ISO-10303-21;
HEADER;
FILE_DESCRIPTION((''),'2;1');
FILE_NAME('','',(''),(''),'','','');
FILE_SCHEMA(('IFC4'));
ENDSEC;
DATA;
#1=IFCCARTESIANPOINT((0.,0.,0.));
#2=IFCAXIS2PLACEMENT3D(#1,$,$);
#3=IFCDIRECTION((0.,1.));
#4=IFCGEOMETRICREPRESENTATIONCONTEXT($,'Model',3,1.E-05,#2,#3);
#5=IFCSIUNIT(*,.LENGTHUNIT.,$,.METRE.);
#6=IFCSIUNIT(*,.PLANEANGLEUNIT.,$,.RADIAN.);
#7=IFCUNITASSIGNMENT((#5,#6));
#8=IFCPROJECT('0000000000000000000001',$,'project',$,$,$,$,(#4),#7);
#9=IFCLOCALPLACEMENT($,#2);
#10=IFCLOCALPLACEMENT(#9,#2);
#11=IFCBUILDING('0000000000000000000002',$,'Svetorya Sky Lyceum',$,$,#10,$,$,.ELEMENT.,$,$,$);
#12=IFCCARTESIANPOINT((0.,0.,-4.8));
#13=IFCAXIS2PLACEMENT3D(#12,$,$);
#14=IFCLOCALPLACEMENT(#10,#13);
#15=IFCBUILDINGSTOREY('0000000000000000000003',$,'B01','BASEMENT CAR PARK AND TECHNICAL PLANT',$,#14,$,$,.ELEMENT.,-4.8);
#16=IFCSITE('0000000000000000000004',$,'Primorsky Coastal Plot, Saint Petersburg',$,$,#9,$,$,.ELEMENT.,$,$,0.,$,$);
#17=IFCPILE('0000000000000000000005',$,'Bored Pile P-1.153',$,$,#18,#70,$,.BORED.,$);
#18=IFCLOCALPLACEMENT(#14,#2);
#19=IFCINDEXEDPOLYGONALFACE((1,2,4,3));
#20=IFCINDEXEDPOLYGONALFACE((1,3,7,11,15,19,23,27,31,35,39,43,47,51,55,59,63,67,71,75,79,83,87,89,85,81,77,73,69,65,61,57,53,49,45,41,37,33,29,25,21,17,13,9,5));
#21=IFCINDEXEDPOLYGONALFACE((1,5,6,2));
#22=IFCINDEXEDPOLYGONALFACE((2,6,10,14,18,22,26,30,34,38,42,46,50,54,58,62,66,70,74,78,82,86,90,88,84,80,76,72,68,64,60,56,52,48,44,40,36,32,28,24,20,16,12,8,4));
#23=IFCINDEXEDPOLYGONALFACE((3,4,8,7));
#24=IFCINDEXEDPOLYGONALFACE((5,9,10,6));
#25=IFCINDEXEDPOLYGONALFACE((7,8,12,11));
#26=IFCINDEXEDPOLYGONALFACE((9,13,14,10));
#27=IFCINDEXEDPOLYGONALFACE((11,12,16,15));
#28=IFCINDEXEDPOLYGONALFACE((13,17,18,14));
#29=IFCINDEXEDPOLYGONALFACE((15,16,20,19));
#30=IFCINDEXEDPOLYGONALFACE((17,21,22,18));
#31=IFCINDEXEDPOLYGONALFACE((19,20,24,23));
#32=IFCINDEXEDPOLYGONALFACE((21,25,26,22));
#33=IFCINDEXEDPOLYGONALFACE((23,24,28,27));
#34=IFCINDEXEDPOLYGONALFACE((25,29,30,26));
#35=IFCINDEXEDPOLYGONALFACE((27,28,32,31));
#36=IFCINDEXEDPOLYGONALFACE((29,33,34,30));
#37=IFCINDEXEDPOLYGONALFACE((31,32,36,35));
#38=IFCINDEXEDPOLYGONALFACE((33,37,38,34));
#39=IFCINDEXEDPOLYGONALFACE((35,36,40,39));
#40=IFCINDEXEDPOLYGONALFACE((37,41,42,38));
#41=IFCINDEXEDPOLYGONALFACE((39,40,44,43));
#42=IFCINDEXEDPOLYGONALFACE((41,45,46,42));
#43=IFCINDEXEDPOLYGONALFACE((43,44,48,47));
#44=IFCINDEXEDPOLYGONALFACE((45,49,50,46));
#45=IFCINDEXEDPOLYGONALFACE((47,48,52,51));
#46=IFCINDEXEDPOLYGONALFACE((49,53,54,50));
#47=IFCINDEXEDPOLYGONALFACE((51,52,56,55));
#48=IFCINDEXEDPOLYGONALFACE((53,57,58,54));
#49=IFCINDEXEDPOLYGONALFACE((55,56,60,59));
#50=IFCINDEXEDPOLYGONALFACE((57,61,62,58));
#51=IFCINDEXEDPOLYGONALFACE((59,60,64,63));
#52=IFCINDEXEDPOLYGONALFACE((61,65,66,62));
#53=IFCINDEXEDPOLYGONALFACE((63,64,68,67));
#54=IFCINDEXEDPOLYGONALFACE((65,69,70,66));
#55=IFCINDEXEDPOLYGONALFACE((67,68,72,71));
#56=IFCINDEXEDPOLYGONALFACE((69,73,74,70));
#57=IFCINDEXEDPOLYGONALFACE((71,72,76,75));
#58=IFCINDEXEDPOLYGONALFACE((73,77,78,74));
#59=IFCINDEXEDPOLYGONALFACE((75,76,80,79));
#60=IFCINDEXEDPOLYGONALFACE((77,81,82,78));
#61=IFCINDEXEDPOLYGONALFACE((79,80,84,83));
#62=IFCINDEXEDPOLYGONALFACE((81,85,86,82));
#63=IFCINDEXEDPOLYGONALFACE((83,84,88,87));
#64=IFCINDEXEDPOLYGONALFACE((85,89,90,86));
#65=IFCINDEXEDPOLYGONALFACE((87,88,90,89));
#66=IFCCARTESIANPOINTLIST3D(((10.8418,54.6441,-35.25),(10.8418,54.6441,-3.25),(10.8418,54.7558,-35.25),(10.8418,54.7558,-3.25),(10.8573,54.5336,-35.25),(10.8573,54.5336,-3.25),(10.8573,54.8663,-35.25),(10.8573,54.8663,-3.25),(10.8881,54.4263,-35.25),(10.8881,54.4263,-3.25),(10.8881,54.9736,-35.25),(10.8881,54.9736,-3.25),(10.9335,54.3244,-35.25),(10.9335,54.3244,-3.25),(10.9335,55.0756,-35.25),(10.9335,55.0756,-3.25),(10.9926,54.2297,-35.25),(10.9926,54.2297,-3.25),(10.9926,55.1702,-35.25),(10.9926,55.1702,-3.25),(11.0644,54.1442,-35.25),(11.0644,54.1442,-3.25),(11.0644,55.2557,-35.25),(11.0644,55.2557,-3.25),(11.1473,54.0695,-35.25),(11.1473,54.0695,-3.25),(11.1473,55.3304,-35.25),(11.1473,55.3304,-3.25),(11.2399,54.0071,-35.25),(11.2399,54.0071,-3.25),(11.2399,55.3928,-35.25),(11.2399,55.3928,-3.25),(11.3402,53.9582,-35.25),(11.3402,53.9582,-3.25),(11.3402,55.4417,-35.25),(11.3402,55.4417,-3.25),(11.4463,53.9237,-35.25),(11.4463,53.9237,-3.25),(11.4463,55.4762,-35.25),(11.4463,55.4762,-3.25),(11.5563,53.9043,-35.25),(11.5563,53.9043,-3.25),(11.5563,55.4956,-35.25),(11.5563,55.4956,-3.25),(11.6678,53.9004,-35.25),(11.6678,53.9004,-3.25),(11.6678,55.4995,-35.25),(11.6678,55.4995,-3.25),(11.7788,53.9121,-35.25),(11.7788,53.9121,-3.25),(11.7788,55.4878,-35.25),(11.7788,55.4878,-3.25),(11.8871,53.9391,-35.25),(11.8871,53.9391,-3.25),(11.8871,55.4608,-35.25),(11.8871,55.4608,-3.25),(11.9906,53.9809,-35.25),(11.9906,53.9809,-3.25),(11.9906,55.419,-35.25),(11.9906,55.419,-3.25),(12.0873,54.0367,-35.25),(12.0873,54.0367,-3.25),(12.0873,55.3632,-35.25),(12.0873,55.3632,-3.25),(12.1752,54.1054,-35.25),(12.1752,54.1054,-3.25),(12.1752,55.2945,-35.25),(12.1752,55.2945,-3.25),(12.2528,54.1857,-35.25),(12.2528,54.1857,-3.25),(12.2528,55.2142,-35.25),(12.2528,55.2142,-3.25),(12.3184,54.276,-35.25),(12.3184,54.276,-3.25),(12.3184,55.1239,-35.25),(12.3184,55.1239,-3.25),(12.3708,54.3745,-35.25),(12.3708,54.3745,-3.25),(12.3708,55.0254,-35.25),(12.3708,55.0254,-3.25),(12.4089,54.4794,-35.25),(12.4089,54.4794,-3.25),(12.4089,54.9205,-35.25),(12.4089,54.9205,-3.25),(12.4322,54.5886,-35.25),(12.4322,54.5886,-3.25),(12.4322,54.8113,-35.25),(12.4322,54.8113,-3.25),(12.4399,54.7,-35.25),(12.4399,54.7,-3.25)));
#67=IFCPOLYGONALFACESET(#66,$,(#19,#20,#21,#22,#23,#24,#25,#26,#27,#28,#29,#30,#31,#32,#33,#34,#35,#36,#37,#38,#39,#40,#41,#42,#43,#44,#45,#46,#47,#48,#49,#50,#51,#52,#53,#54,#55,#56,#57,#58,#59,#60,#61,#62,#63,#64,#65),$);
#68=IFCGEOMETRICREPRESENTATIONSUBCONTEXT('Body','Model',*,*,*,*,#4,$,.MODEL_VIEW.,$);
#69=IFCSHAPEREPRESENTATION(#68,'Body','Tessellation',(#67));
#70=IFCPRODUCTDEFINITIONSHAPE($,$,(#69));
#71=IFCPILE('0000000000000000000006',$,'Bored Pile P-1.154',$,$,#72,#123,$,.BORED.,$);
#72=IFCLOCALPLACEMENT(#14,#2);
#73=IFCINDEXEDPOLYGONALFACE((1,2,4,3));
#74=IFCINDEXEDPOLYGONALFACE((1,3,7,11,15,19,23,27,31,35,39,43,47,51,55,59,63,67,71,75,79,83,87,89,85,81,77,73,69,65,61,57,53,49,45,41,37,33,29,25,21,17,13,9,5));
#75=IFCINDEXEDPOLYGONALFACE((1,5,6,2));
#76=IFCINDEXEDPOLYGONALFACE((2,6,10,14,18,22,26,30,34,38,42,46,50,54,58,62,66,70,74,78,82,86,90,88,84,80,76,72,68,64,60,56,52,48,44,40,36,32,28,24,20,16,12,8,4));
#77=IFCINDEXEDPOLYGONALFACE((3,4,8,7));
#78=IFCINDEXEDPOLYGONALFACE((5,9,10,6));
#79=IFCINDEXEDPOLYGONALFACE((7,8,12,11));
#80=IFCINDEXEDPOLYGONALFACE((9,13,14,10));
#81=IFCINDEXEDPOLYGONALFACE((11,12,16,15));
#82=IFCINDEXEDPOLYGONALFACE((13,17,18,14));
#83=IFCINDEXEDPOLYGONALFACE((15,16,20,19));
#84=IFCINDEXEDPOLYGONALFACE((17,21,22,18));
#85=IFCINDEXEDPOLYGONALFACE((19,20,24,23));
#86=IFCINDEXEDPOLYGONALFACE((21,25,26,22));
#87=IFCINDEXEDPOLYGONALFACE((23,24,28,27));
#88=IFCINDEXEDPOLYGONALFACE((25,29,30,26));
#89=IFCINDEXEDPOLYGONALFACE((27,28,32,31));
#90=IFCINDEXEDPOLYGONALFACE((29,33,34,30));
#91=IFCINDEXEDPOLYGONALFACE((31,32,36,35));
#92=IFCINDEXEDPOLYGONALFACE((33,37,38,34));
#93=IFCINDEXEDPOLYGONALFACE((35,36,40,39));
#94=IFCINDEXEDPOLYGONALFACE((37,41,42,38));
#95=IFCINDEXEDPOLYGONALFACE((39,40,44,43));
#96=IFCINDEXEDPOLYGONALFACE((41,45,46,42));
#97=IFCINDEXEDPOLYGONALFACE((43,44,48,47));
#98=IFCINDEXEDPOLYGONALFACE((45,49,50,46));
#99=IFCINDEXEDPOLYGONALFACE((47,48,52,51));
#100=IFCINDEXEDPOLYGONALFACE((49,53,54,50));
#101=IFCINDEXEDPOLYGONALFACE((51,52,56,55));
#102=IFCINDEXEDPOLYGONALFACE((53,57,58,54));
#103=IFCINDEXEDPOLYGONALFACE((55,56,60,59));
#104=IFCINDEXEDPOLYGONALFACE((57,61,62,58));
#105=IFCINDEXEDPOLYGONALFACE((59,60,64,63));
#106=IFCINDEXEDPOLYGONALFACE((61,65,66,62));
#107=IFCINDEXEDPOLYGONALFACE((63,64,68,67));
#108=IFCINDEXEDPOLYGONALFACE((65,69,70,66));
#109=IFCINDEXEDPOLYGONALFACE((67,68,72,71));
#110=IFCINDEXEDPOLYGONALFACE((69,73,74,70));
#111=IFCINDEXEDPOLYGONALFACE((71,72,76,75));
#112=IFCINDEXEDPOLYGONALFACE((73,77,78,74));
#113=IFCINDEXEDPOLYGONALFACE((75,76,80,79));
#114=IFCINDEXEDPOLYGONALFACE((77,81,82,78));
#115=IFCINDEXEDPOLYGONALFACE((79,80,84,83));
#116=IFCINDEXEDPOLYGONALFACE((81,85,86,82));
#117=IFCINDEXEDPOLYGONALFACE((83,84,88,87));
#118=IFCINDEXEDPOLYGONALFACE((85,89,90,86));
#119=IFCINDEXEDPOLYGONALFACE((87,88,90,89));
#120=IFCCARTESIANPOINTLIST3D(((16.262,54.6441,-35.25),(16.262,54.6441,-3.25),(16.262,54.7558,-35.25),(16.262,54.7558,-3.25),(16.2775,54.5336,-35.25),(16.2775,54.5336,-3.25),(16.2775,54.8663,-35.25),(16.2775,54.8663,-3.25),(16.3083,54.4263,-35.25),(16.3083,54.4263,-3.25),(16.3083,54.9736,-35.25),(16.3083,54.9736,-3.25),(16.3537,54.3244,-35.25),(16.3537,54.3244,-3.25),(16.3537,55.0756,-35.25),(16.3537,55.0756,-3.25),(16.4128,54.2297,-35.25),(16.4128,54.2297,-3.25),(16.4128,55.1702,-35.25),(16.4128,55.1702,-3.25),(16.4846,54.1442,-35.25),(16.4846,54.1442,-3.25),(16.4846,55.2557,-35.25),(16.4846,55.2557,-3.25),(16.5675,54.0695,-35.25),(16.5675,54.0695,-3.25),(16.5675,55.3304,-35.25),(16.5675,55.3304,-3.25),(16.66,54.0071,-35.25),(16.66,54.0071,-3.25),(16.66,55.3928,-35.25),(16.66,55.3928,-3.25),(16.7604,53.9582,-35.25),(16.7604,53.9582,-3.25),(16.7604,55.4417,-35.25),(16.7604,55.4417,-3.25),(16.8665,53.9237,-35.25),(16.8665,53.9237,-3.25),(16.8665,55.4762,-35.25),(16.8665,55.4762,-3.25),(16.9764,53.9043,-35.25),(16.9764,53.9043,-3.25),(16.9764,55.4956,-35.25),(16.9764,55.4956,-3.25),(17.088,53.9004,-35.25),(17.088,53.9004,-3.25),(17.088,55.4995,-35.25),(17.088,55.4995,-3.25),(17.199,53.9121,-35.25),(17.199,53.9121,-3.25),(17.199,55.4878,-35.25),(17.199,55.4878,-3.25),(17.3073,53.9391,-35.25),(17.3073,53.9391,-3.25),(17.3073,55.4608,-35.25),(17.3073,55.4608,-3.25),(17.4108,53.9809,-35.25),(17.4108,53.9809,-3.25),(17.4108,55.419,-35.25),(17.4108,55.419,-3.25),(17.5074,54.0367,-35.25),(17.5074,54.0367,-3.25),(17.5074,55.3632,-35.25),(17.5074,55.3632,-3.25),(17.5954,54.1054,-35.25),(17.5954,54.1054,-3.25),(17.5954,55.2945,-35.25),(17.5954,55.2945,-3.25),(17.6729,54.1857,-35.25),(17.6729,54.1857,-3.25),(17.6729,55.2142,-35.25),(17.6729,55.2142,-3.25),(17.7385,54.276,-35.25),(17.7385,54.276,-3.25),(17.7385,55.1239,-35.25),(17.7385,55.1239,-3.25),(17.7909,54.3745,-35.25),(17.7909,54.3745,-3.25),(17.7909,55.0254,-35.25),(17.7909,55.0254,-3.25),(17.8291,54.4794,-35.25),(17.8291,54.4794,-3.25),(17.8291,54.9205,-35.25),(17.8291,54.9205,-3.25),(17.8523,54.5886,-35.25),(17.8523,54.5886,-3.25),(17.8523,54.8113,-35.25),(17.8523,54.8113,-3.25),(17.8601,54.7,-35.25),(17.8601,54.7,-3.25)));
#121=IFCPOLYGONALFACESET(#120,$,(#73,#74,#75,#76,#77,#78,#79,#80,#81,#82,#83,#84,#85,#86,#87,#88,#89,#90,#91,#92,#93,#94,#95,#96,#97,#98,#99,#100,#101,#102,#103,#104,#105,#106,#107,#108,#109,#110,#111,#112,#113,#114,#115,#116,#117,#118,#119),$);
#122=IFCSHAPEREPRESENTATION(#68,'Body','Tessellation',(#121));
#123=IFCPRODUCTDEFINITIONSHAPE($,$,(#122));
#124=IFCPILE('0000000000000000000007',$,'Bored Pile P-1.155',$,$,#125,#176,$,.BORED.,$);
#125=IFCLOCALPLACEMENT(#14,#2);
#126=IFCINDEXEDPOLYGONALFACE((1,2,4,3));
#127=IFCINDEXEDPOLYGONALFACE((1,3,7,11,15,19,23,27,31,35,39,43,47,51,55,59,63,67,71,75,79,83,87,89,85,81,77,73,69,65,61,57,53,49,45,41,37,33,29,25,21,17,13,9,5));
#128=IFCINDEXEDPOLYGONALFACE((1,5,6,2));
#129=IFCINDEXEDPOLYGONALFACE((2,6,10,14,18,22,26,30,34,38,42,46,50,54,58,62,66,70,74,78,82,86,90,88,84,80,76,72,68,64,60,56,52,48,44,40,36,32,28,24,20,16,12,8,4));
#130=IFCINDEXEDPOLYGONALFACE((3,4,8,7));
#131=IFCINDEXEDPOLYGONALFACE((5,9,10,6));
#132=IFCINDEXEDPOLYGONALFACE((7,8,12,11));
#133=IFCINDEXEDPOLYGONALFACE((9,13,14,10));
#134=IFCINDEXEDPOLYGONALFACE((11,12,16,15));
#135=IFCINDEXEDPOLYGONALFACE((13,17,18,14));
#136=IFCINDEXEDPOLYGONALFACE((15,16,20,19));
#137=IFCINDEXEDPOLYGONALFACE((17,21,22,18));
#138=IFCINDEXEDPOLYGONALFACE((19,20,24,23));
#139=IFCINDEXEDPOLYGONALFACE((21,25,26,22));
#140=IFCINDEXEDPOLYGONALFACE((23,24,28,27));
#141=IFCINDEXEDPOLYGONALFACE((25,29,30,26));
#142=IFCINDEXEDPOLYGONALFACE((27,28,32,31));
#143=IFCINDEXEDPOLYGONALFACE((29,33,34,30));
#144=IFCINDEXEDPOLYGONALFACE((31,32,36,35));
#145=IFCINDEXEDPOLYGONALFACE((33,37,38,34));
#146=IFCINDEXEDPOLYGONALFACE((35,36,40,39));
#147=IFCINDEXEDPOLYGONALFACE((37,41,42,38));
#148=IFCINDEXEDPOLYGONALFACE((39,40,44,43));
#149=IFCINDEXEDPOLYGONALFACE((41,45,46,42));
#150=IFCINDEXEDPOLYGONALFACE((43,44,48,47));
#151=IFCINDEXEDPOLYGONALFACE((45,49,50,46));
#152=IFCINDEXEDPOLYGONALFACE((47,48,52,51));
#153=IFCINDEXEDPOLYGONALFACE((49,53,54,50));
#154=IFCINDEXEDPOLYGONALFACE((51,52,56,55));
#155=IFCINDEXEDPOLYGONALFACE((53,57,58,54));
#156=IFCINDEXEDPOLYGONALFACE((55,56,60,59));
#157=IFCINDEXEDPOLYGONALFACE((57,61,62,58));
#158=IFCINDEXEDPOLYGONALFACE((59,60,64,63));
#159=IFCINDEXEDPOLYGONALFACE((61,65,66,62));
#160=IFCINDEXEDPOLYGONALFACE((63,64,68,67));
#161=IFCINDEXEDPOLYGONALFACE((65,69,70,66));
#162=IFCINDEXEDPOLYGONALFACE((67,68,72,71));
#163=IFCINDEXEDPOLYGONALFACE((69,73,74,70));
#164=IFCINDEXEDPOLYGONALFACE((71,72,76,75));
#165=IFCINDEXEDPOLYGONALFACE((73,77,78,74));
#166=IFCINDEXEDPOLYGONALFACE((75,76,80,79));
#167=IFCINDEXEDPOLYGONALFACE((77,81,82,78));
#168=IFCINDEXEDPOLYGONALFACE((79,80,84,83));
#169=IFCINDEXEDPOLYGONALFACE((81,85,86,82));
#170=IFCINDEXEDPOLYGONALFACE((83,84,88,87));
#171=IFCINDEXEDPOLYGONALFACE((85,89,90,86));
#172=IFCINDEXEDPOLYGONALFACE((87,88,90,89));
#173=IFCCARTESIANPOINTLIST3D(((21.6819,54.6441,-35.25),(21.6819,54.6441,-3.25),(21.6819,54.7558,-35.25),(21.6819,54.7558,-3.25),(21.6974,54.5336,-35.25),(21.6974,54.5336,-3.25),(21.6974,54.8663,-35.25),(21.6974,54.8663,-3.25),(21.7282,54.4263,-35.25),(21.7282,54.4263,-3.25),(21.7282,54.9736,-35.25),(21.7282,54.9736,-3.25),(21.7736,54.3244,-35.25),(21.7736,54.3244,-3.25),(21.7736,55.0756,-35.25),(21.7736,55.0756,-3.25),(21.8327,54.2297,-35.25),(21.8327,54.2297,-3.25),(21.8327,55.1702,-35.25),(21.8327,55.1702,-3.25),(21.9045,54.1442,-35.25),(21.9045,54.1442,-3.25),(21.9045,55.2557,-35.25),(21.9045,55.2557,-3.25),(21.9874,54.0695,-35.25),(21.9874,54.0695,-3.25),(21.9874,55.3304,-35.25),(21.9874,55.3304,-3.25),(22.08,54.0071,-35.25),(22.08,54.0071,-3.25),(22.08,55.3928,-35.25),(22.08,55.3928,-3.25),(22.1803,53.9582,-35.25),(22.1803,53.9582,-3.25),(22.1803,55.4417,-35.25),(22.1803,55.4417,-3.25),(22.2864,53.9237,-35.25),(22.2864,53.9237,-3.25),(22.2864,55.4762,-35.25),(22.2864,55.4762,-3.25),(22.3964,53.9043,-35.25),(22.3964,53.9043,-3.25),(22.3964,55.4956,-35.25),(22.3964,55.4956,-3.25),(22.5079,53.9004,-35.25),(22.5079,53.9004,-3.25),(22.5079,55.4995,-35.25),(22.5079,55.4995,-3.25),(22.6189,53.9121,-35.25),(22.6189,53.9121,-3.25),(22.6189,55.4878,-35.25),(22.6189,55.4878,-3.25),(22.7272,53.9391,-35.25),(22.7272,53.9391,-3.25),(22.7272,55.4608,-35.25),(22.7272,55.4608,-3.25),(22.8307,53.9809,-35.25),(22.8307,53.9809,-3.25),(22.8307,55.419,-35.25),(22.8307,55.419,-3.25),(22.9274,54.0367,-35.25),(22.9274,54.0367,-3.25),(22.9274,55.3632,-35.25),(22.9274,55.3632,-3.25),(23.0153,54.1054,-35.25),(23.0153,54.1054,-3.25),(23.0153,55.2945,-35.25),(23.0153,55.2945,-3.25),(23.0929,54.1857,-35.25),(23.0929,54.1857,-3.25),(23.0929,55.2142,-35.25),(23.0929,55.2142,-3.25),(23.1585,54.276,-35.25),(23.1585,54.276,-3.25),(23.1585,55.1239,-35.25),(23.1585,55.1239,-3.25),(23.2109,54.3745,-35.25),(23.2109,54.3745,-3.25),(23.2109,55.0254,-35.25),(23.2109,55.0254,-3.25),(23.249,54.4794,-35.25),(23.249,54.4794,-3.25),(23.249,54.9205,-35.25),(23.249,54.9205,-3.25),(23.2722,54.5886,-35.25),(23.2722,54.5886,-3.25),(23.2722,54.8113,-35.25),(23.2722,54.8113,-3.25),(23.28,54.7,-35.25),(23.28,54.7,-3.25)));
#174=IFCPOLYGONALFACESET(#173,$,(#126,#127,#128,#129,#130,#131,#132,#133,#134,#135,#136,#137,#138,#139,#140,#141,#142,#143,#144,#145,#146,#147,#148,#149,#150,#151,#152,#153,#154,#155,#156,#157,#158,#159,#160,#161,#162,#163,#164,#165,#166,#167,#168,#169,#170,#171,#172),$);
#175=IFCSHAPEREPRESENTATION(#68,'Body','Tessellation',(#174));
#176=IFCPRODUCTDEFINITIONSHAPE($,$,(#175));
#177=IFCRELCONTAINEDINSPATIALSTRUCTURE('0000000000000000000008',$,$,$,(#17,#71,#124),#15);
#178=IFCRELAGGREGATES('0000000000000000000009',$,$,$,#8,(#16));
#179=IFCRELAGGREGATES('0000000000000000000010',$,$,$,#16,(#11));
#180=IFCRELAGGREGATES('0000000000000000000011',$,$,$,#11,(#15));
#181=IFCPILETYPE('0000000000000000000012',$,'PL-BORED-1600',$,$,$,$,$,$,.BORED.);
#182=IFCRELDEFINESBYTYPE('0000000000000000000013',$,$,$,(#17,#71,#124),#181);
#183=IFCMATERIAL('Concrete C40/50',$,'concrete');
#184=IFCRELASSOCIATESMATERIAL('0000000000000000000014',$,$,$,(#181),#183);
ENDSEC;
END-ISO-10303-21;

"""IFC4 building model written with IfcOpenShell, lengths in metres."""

from ifc_helpers import new_model, si_unit, direction, frame, origin, origin_2d, place, context, subcontext, project, spatial, circle, extrude, material, material_profile, profile_set, type_object, element, save


model = new_model("IFC4")

# Units and contexts
model_context = context("Model", 3, precision=1e-05, world=origin(), true_north=direction((0.0, 1.0)))
body_context = subcontext(model_context, "Body", "Model", "MODEL_VIEW")
ifc_project = project(units=[si_unit("LENGTHUNIT", "METRE"), si_unit("PLANEANGLEUNIT", "RADIAN")], contexts=[model_context])

# Site, building, storey
site_placement = place(None, origin())
site = spatial("IfcSite", under=ifc_project, at=site_placement, Name="Primorsky Coastal Plot, Saint Petersburg", CompositionType="ELEMENT", RefElevation=0.0)
building_placement = place(site_placement, origin())
building = spatial("IfcBuilding", under=site, at=building_placement, Name="Svetorya Sky Lyceum", CompositionType="ELEMENT")
storey_placement = place(building_placement, frame((0.0, 0.0, -4.8)))
storey = spatial("IfcBuildingStorey", under=building, at=storey_placement, Name="B01", Description="BASEMENT CAR PARK AND TECHNICAL PLANT", CompositionType="ELEMENT", Elevation=-4.8)

# Piles
ifc_material_1 = material(Name="Concrete C40/50", Category="concrete")
ifc_material_profile_1 = material_profile(ifc_material_1, circle(Radius=0.8, at=origin_2d()), Name="RC PILE D1600")
ifc_profile_set_1 = profile_set([ifc_material_profile_1], Name="Concrete C40/50")
pile_type = type_object("IfcPileType", Name="PL-BORED-1600", PredefinedType="BORED", material=ifc_profile_set_1)
for number, where, z_axis, x_axis, name in (
    (1, (11.6399, 54.7, -3.25), (0.0, 0.0, -1.0), (1.0, 0.0, 0.0), "Bored Pile P-1.153"),
    (2, (17.0601, 54.7, -3.25), (0.0, 0.0, -1.0), (1.0, 0.0, 0.0), "Bored Pile P-1.154"),
    (3, (22.48, 54.7, -3.25), (0.0, 0.0, -1.0), (1.0, 0.0, 0.0), "Bored Pile P-1.155"),
):
    element("IfcPile", number, at=place(storey_placement, frame(where, z_axis=z_axis, x_axis=x_axis)), inside=storey, type_object=pile_type, Name=name, PredefinedType="BORED", context=body_context, shape_type="SweptSolid", body=[
        extrude(circle(Radius=0.8, at=origin_2d()), origin(), (0.0, 0.0, 1.0), 32.0),
    ])

save(model, "model.ifc")
